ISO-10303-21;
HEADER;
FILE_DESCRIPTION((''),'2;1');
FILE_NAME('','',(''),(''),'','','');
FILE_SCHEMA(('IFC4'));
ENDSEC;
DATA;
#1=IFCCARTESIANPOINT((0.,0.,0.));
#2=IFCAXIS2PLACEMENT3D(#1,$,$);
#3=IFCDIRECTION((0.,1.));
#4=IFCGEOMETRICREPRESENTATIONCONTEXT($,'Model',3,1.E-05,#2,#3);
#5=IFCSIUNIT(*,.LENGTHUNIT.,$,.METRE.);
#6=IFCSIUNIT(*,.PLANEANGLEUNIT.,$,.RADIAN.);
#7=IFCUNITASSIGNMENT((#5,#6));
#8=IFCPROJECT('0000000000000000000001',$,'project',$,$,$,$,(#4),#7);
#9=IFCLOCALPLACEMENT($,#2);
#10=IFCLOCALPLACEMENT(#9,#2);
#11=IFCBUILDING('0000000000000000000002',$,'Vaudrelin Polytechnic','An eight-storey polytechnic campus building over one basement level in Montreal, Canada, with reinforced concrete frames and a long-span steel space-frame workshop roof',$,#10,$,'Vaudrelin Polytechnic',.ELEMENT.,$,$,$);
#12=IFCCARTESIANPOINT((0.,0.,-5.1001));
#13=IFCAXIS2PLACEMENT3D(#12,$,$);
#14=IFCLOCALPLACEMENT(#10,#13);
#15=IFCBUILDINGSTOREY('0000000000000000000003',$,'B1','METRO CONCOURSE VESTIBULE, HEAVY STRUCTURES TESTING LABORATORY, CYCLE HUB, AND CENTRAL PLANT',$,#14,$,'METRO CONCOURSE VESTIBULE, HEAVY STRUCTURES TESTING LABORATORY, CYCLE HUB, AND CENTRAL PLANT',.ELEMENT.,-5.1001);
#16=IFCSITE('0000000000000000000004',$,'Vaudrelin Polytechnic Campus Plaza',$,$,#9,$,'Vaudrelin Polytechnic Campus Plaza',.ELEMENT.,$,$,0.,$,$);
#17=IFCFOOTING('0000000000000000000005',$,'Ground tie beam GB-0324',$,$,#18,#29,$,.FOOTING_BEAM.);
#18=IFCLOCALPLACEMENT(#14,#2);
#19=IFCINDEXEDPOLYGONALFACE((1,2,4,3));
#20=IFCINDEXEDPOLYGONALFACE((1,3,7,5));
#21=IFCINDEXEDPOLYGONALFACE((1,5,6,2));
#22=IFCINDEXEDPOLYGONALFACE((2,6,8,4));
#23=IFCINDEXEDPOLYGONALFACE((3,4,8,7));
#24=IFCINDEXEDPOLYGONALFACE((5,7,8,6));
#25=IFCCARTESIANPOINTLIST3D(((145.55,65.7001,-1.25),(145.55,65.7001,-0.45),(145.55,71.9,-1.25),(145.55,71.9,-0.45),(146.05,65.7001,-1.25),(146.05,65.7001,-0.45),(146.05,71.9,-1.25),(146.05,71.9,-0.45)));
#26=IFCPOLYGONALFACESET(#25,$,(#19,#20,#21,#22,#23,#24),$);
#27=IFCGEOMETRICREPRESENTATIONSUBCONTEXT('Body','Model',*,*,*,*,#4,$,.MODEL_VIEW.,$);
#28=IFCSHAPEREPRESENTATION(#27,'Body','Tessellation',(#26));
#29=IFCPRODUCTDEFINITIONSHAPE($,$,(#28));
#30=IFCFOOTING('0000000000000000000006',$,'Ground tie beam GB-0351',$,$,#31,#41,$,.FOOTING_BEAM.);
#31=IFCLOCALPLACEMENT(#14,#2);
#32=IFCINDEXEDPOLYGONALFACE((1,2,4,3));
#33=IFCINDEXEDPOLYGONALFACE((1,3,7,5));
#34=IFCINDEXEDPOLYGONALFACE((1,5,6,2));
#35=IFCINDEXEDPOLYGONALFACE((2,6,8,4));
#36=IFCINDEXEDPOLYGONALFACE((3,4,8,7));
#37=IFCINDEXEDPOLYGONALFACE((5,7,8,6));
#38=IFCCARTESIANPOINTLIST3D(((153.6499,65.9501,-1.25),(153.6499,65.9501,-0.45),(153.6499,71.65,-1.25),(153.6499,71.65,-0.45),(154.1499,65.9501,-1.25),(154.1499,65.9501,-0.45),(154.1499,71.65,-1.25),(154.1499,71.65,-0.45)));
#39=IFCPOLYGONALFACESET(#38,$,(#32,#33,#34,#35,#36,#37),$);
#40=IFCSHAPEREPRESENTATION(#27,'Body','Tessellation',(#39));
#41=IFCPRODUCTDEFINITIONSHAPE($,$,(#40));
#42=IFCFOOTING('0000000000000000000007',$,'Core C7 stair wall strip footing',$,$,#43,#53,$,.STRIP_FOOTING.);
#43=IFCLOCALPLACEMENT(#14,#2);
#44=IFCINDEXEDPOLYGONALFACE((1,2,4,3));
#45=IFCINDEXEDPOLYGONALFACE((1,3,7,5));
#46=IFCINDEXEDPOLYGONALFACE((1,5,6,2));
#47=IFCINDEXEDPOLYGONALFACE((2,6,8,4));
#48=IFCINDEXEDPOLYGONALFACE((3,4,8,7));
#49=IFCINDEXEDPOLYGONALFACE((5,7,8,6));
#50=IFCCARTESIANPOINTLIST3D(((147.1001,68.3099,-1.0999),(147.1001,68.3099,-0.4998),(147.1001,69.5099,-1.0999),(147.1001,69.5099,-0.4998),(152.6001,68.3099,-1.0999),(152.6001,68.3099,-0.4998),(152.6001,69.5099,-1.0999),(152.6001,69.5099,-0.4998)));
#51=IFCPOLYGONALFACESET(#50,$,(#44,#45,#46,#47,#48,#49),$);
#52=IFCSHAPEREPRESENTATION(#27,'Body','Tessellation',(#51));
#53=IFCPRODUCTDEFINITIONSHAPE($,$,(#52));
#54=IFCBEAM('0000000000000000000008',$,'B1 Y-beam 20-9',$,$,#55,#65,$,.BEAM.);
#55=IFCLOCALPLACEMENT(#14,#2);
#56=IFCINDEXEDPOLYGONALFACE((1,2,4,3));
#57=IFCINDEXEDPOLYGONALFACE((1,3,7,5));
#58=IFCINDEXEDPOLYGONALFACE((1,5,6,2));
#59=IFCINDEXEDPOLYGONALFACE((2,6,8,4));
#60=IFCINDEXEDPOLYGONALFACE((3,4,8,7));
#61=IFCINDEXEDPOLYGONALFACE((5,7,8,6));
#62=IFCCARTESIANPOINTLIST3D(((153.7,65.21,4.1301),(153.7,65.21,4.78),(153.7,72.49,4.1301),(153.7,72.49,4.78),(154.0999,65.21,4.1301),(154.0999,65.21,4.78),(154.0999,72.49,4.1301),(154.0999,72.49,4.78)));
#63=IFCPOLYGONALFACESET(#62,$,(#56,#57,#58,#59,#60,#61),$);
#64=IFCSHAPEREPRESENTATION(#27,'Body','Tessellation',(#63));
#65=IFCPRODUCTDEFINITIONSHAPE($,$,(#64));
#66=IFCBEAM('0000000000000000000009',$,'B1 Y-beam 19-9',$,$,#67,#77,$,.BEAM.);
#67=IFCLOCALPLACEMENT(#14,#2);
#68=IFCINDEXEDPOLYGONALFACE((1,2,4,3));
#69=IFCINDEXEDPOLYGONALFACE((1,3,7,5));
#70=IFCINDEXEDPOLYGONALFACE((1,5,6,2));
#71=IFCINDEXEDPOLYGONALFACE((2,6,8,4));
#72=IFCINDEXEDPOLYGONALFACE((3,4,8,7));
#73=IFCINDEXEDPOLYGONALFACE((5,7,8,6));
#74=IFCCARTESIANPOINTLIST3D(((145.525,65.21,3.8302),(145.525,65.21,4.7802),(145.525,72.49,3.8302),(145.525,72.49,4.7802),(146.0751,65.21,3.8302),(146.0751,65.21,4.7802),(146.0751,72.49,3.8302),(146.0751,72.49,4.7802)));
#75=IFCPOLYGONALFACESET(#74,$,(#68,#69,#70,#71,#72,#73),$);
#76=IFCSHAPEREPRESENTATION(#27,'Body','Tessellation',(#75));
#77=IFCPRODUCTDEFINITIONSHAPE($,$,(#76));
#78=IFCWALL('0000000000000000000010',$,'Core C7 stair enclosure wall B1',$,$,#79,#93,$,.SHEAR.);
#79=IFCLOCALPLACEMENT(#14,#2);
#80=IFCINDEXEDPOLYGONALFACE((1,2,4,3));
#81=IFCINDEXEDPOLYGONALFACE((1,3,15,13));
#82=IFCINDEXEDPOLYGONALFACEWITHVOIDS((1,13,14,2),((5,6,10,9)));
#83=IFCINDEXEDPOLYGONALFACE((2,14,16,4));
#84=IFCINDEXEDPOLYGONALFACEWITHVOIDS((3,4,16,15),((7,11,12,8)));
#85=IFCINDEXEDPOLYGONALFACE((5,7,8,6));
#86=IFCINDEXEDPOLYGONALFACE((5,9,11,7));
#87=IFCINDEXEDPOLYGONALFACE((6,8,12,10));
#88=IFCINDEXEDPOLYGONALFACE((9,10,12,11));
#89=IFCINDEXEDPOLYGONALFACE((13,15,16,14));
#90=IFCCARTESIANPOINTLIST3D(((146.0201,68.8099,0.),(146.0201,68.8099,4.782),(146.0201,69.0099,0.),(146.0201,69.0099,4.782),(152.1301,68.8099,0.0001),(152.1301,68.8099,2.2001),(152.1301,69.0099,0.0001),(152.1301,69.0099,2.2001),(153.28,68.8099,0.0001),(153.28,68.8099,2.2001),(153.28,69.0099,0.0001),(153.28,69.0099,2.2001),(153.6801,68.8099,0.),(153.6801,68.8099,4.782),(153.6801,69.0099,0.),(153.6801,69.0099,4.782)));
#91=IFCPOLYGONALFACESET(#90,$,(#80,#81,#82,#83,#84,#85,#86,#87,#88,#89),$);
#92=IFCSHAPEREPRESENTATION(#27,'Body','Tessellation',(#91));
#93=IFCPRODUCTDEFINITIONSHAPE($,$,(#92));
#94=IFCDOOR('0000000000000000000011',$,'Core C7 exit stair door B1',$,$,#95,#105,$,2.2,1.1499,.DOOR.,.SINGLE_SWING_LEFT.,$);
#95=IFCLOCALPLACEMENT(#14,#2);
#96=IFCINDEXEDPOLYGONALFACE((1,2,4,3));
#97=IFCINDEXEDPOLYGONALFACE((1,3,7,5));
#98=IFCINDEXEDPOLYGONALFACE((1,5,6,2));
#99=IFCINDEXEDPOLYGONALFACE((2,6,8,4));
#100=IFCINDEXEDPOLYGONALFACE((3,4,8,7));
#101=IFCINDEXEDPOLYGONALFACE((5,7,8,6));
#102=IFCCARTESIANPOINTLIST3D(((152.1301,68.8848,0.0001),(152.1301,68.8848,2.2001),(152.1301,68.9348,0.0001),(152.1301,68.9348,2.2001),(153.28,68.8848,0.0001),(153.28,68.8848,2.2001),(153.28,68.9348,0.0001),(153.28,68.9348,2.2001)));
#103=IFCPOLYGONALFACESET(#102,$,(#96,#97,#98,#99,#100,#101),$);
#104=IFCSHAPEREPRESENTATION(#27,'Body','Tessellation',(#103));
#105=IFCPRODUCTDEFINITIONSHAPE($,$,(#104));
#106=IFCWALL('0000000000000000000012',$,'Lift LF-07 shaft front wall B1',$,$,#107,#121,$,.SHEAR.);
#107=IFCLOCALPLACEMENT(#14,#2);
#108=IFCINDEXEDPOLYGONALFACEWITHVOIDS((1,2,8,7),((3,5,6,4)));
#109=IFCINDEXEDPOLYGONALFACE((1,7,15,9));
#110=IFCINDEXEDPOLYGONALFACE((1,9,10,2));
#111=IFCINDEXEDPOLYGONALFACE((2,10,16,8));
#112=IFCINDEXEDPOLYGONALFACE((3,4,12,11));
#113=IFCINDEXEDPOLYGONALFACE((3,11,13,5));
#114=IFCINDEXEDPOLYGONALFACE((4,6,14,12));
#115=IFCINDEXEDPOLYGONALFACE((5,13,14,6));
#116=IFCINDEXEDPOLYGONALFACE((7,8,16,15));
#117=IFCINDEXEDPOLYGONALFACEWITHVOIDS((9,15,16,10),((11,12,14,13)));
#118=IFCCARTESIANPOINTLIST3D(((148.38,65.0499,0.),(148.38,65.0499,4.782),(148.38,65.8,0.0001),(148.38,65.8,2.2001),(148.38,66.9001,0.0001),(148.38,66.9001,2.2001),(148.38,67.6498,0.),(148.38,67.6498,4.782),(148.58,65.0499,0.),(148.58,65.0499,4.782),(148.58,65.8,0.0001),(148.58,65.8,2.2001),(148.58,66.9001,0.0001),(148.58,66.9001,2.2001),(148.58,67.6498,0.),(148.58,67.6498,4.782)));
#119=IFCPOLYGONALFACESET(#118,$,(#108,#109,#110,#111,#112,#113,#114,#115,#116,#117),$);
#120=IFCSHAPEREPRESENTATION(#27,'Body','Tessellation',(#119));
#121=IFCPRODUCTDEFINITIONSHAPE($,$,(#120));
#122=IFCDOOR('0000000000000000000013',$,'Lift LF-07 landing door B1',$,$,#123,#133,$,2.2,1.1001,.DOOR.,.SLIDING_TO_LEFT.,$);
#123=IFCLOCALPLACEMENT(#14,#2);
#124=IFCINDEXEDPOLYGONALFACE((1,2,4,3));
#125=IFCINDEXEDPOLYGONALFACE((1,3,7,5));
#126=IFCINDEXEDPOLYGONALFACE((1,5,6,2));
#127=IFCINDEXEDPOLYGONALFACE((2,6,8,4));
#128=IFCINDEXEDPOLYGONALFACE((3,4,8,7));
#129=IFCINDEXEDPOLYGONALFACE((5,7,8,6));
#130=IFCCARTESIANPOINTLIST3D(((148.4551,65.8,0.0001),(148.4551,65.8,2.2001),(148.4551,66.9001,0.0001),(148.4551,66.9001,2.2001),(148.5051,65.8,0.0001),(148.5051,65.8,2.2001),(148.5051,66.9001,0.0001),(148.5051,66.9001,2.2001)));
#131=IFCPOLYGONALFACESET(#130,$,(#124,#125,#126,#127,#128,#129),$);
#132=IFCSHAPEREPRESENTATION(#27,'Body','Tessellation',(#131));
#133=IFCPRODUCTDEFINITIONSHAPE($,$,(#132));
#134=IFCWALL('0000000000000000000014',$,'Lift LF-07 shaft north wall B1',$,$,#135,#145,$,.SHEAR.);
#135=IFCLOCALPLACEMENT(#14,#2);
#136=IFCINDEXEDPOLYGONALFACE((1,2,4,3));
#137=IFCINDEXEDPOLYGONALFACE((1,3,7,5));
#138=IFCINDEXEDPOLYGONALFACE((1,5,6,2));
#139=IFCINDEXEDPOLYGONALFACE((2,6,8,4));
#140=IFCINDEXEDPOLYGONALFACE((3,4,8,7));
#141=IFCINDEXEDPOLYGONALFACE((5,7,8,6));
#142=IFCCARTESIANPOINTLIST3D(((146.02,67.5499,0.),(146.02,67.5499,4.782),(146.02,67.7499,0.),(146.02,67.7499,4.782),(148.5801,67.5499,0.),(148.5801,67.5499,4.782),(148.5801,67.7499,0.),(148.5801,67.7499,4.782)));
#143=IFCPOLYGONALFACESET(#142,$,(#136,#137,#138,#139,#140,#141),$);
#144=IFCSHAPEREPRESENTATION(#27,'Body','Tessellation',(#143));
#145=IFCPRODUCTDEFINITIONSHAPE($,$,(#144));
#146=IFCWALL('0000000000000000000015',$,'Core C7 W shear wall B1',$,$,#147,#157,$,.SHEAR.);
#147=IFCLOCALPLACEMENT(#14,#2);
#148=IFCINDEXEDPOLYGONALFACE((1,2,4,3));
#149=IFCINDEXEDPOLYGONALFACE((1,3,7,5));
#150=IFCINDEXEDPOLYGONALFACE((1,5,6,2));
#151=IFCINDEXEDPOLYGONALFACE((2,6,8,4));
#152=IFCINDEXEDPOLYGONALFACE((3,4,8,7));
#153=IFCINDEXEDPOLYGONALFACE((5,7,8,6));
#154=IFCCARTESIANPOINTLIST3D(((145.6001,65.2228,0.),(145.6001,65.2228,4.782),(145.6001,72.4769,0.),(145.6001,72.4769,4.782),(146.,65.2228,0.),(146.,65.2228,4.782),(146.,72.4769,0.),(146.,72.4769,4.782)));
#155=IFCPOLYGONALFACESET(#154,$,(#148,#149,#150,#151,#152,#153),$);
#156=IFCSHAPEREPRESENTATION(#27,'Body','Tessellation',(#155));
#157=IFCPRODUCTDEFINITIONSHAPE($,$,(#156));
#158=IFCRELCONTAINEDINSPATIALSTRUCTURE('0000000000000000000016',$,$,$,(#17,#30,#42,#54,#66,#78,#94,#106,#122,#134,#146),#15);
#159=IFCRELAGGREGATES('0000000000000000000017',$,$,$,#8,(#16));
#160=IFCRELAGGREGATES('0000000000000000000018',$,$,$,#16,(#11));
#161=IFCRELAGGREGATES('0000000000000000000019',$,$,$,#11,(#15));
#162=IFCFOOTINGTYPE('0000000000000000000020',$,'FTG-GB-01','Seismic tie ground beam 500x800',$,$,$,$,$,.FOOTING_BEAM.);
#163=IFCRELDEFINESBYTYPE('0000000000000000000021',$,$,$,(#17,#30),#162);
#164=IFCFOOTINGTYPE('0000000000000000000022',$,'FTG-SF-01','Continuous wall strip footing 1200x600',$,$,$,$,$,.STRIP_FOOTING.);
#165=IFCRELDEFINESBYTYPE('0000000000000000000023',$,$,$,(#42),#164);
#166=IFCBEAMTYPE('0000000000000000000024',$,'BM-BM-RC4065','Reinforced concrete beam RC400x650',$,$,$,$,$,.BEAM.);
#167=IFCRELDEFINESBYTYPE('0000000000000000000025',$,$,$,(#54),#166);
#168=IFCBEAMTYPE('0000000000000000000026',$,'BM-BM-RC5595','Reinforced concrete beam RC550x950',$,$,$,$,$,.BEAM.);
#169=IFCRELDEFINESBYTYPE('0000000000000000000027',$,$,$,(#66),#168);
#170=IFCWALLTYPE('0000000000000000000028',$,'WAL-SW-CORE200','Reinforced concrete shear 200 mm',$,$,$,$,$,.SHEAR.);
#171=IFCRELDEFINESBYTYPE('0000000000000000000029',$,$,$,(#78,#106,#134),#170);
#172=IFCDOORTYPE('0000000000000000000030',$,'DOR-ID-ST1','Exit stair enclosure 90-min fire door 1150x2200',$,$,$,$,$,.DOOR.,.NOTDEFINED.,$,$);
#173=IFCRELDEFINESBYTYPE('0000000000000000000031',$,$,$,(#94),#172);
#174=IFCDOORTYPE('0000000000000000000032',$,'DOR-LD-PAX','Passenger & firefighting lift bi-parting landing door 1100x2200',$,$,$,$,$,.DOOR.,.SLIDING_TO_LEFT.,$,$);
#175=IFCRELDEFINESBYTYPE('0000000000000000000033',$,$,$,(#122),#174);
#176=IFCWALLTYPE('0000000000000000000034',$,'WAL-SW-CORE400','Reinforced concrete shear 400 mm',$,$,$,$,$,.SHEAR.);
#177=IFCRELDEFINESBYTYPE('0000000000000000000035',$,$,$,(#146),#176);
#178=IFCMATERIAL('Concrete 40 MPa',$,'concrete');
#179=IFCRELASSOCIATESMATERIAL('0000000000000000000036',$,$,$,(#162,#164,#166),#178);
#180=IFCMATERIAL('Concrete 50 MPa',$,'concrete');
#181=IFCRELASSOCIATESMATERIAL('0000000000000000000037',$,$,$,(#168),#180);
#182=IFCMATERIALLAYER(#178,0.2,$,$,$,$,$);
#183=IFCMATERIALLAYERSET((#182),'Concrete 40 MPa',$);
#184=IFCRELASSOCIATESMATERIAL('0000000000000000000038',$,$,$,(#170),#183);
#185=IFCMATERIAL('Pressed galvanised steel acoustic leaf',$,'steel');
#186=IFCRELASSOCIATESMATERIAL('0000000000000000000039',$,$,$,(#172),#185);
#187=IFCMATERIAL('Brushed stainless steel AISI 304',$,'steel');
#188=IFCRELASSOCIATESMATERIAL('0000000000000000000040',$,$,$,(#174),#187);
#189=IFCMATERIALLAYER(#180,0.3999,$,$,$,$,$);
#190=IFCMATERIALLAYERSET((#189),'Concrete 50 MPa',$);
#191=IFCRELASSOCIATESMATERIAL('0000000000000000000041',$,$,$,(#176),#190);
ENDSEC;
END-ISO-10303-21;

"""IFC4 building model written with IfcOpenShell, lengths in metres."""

from ifc_helpers import new_model, si_unit, direction, frame, frame_2d, origin, origin_2d, place, context, subcontext, project, spatial, rectangle, extrude, material, layer, layer_set, material_profile, profile_set, type_object, element, fill, save


model = new_model("IFC4")

# Units and contexts
model_context = context("Model", 3, precision=1e-05, world=origin(), true_north=direction((0.0, 1.0)))
body_context = subcontext(model_context, "Body", "Model", "MODEL_VIEW")
ifc_project = project(units=[si_unit("LENGTHUNIT", "METRE"), si_unit("PLANEANGLEUNIT", "RADIAN")], contexts=[model_context])

# Site, building, storey
site_placement = place(None, origin())
site = spatial("IfcSite", under=ifc_project, at=site_placement, Name="Vaudrelin Polytechnic Campus Plaza", LongName="Vaudrelin Polytechnic Campus Plaza", CompositionType="ELEMENT", RefElevation=0.0)
building_placement = place(site_placement, origin())
building = spatial("IfcBuilding", under=site, at=building_placement, Name="Vaudrelin Polytechnic", Description="An eight-storey polytechnic campus building over one basement level in Montreal, Canada, with reinforced concrete frames and a long-span steel space-frame workshop roof", LongName="Vaudrelin Polytechnic", CompositionType="ELEMENT")
storey_placement = place(building_placement, frame((0.0, 0.0, -5.1001)))
storey = spatial("IfcBuildingStorey", under=building, at=storey_placement, Name="B1", Description="METRO CONCOURSE VESTIBULE, HEAVY STRUCTURES TESTING LABORATORY, CYCLE HUB, AND CENTRAL PLANT", LongName="METRO CONCOURSE VESTIBULE, HEAVY STRUCTURES TESTING LABORATORY, CYCLE HUB, AND CENTRAL PLANT", CompositionType="ELEMENT", Elevation=-5.1001)

# Footings
ifc_material_1 = material(Name="Concrete 40 MPa", Category="concrete")
footing_type_1 = type_object("IfcFootingType", Name="FTG-GB-01", Description="Seismic tie ground beam 500x800", PredefinedType="FOOTING_BEAM", material=ifc_material_1)
footing_1_placement = place(storey_placement, frame((145.8, 68.8, -1.25), z_axis=(0.0, 0.0, 1.0), x_axis=(1.0, 0.0, 0.0)))
element("IfcFooting", 1, at=footing_1_placement, inside=storey, type_object=footing_type_1, Name="Ground tie beam GB-0324", PredefinedType="FOOTING_BEAM", context=body_context, shape_type="SweptSolid", body=[
    extrude(rectangle(XDim=0.5, YDim=6.2, at=origin_2d()), origin(), (0.0, 0.0, 1.0), 0.8),
])
footing_2_placement = place(storey_placement, frame((153.8999, 68.8, -1.25), z_axis=(0.0, 0.0, 1.0), x_axis=(1.0, 0.0, 0.0)))
element("IfcFooting", 2, at=footing_2_placement, inside=storey, type_object=footing_type_1, Name="Ground tie beam GB-0351", PredefinedType="FOOTING_BEAM", context=body_context, shape_type="SweptSolid", body=[
    extrude(rectangle(XDim=0.5, YDim=5.7, at=origin_2d()), origin(), (0.0, 0.0, 1.0), 0.8),
])
footing_type_2 = type_object("IfcFootingType", Name="FTG-SF-01", Description="Continuous wall strip footing 1200x600", PredefinedType="STRIP_FOOTING", material=ifc_material_1)
footing_3_placement = place(storey_placement, frame((149.8501, 68.9099, -1.0999), z_axis=(0.0, 0.0, 1.0), x_axis=(1.0, 0.0, 0.0)))
element("IfcFooting", 3, at=footing_3_placement, inside=storey, type_object=footing_type_2, Name="Core C7 stair wall strip footing", PredefinedType="STRIP_FOOTING", context=body_context, shape_type="SweptSolid", body=[
    extrude(rectangle(XDim=5.5, YDim=1.2, at=origin_2d()), origin(), (0.0, 0.0, 1.0), 0.6001),
])

# Beams
ifc_material_profile_1 = material_profile(ifc_material_1, rectangle(XDim=0.3999, YDim=0.6499, at=origin_2d()), Name="RC400x650")
ifc_profile_set_1 = profile_set([ifc_material_profile_1], Name="Concrete 40 MPa")
beam_type_1 = type_object("IfcBeamType", Name="BM-BM-RC4065", Description="Reinforced concrete beam RC400x650", PredefinedType="BEAM", material=ifc_profile_set_1)
beam_1_placement = place(storey_placement, frame((153.8999, 65.21, 4.4551), z_axis=(0.0, 1.0, 0.0), x_axis=(-1.0, 0.0, 0.0)))
element("IfcBeam", 4, at=beam_1_placement, inside=storey, type_object=beam_type_1, Name="B1 Y-beam 20-9", PredefinedType="BEAM", context=body_context, shape_type="SweptSolid", body=[
    extrude(rectangle(XDim=0.3999, YDim=0.6499, at=origin_2d()), origin(), (0.0, 0.0, 1.0), 7.28),
])
ifc_material_2 = material(Name="Concrete 50 MPa", Category="concrete")
ifc_material_profile_2 = material_profile(ifc_material_2, rectangle(XDim=0.55, YDim=0.95, at=origin_2d()), Name="RC550x950")
ifc_profile_set_2 = profile_set([ifc_material_profile_2], Name="Concrete 50 MPa")
beam_type_2 = type_object("IfcBeamType", Name="BM-BM-RC5595", Description="Reinforced concrete beam RC550x950", PredefinedType="BEAM", material=ifc_profile_set_2)
beam_2_placement = place(storey_placement, frame((145.8, 65.21, 4.3052), z_axis=(0.0, 1.0, 0.0), x_axis=(-1.0, 0.0, 0.0)))
element("IfcBeam", 5, at=beam_2_placement, inside=storey, type_object=beam_type_2, Name="B1 Y-beam 19-9", PredefinedType="BEAM", context=body_context, shape_type="SweptSolid", body=[
    extrude(rectangle(XDim=0.55, YDim=0.95, at=origin_2d()), origin(), (0.0, 0.0, 1.0), 7.28),
])

# Walls, openings, doors
ifc_material_3 = material(Name="Pressed galvanised steel acoustic leaf", Category="steel")
ifc_layer_1 = layer(ifc_material_1, 0.2)
ifc_layer_set_1 = layer_set([ifc_layer_1], Name="Concrete 40 MPa")
wall_type_1 = type_object("IfcWallType", Name="WAL-SW-CORE200", Description="Reinforced concrete shear 200 mm", PredefinedType="SHEAR", material=ifc_layer_set_1)
wall_1_placement = place(storey_placement, frame((146.02, 68.9099, 0.0), z_axis=(0.0, 0.0, 1.0), x_axis=(1.0, 0.0, 0.0)))
wall_1 = element("IfcWall", 6, at=wall_1_placement, inside=storey, type_object=wall_type_1, Name="Core C7 stair enclosure wall B1", PredefinedType="SHEAR", context=body_context, shape_type="SweptSolid", body=[
    extrude(rectangle(XDim=7.6599, YDim=0.2, at=frame_2d((3.8301, 0.0))), origin(), (0.0, 0.0, 1.0), 4.782),
])
opening_1_placement = place(wall_1_placement, frame((6.1101, 0.0, 0.0)))
opening_1 = element("IfcOpeningElement", 7, at=opening_1_placement, cuts=wall_1, PredefinedType="OPENING", context=body_context, shape_type="SweptSolid", body=[
    extrude(rectangle(XDim=1.1499, YDim=2.2, at=frame_2d((0.575, 1.1001))), frame((0.0, 0.1099, 0.0), z_axis=(0.0, -1.0, 0.0), x_axis=(1.0, 0.0, 0.0)), (0.0, 0.0, 1.0), 0.22),
])
door_type_1 = type_object("IfcDoorType", Name="DOR-ID-ST1", Description="Exit stair enclosure 90-min fire door 1150x2200", OperationType="NOTDEFINED", PredefinedType="DOOR", material=ifc_material_3)
door_1_placement = place(opening_1_placement, origin())
door_1 = element("IfcDoor", 8, at=door_1_placement, inside=storey, type_object=door_type_1, Name="Core C7 exit stair door B1", OperationType="SINGLE_SWING_LEFT", OverallHeight=2.2, OverallWidth=1.1499, PredefinedType="DOOR", context=body_context, shape_type="SweptSolid", body=[
    extrude(rectangle(XDim=1.1499, YDim=2.2, at=frame_2d((0.575, 1.1001))), frame((0.0, 0.0249, 0.0), z_axis=(0.0, -1.0, 0.0), x_axis=(1.0, 0.0, 0.0)), (0.0, 0.0, 1.0), 0.05),
])
fill(opening_1, door_1)
wall_2_placement = place(storey_placement, frame((148.48, 65.05, 0.0), z_axis=(0.0, 0.0, 1.0), x_axis=(0.0, 1.0, 0.0)))
wall_2 = element("IfcWall", 9, at=wall_2_placement, inside=storey, type_object=wall_type_1, Name="Lift LF-07 shaft front wall B1", PredefinedType="SHEAR", context=body_context, shape_type="SweptSolid", body=[
    extrude(rectangle(XDim=2.5999, YDim=0.2, at=frame_2d((1.2998, 0.0))), origin(), (0.0, 0.0, 1.0), 4.782),
])
opening_2_placement = place(wall_2_placement, frame((0.75, 0.0, 0.0)))
opening_2 = element("IfcOpeningElement", 10, at=opening_2_placement, cuts=wall_2, PredefinedType="OPENING", context=body_context, shape_type="SweptSolid", body=[
    extrude(rectangle(XDim=1.1001, YDim=2.2, at=frame_2d((0.55, 1.1001))), frame((0.0, 0.1099, 0.0), z_axis=(0.0, -1.0, 0.0), x_axis=(1.0, 0.0, 0.0)), (0.0, 0.0, 1.0), 0.22),
])
ifc_material_4 = material(Name="Brushed stainless steel AISI 304", Category="steel")
door_type_2 = type_object("IfcDoorType", Name="DOR-LD-PAX", Description="Passenger & firefighting lift bi-parting landing door 1100x2200", OperationType="SLIDING_TO_LEFT", PredefinedType="DOOR", material=ifc_material_4)
door_2_placement = place(opening_2_placement, origin())
door_2 = element("IfcDoor", 11, at=door_2_placement, inside=storey, type_object=door_type_2, Name="Lift LF-07 landing door B1", OperationType="SLIDING_TO_LEFT", OverallHeight=2.2, OverallWidth=1.1001, PredefinedType="DOOR", context=body_context, shape_type="SweptSolid", body=[
    extrude(rectangle(XDim=1.1001, YDim=2.2, at=frame_2d((0.55, 1.1001))), frame((0.0, 0.0249, 0.0), z_axis=(0.0, -1.0, 0.0), x_axis=(1.0, 0.0, 0.0)), (0.0, 0.0, 1.0), 0.05),
])
fill(opening_2, door_2)

# Walls
wall_3_placement = place(storey_placement, frame((146.02, 67.6499, 0.0), z_axis=(0.0, 0.0, 1.0), x_axis=(1.0, 0.0, 0.0)))
element("IfcWall", 12, at=wall_3_placement, inside=storey, type_object=wall_type_1, Name="Lift LF-07 shaft north wall B1", PredefinedType="SHEAR", context=body_context, shape_type="SweptSolid", body=[
    extrude(rectangle(XDim=2.5601, YDim=0.2, at=frame_2d((1.28, 0.0))), origin(), (0.0, 0.0, 1.0), 4.782),
])
ifc_layer_2 = layer(ifc_material_2, 0.3999)
ifc_layer_set_2 = layer_set([ifc_layer_2], Name="Concrete 50 MPa")
wall_type_2 = type_object("IfcWallType", Name="WAL-SW-CORE400", Description="Reinforced concrete shear 400 mm", PredefinedType="SHEAR", material=ifc_layer_set_2)
wall_4_placement = place(storey_placement, frame((145.8, 65.2229, 0.0), z_axis=(0.0, 0.0, 1.0), x_axis=(0.0, 1.0, 0.0)))
element("IfcWall", 13, at=wall_4_placement, inside=storey, type_object=wall_type_2, Name="Core C7 W shear wall B1", PredefinedType="SHEAR", context=body_context, shape_type="SweptSolid", body=[
    extrude(rectangle(XDim=7.2542, YDim=0.3999, at=frame_2d((3.627, 0.0))), origin(), (0.0, 0.0, 1.0), 4.782),
])

save(model, "model.ifc")
